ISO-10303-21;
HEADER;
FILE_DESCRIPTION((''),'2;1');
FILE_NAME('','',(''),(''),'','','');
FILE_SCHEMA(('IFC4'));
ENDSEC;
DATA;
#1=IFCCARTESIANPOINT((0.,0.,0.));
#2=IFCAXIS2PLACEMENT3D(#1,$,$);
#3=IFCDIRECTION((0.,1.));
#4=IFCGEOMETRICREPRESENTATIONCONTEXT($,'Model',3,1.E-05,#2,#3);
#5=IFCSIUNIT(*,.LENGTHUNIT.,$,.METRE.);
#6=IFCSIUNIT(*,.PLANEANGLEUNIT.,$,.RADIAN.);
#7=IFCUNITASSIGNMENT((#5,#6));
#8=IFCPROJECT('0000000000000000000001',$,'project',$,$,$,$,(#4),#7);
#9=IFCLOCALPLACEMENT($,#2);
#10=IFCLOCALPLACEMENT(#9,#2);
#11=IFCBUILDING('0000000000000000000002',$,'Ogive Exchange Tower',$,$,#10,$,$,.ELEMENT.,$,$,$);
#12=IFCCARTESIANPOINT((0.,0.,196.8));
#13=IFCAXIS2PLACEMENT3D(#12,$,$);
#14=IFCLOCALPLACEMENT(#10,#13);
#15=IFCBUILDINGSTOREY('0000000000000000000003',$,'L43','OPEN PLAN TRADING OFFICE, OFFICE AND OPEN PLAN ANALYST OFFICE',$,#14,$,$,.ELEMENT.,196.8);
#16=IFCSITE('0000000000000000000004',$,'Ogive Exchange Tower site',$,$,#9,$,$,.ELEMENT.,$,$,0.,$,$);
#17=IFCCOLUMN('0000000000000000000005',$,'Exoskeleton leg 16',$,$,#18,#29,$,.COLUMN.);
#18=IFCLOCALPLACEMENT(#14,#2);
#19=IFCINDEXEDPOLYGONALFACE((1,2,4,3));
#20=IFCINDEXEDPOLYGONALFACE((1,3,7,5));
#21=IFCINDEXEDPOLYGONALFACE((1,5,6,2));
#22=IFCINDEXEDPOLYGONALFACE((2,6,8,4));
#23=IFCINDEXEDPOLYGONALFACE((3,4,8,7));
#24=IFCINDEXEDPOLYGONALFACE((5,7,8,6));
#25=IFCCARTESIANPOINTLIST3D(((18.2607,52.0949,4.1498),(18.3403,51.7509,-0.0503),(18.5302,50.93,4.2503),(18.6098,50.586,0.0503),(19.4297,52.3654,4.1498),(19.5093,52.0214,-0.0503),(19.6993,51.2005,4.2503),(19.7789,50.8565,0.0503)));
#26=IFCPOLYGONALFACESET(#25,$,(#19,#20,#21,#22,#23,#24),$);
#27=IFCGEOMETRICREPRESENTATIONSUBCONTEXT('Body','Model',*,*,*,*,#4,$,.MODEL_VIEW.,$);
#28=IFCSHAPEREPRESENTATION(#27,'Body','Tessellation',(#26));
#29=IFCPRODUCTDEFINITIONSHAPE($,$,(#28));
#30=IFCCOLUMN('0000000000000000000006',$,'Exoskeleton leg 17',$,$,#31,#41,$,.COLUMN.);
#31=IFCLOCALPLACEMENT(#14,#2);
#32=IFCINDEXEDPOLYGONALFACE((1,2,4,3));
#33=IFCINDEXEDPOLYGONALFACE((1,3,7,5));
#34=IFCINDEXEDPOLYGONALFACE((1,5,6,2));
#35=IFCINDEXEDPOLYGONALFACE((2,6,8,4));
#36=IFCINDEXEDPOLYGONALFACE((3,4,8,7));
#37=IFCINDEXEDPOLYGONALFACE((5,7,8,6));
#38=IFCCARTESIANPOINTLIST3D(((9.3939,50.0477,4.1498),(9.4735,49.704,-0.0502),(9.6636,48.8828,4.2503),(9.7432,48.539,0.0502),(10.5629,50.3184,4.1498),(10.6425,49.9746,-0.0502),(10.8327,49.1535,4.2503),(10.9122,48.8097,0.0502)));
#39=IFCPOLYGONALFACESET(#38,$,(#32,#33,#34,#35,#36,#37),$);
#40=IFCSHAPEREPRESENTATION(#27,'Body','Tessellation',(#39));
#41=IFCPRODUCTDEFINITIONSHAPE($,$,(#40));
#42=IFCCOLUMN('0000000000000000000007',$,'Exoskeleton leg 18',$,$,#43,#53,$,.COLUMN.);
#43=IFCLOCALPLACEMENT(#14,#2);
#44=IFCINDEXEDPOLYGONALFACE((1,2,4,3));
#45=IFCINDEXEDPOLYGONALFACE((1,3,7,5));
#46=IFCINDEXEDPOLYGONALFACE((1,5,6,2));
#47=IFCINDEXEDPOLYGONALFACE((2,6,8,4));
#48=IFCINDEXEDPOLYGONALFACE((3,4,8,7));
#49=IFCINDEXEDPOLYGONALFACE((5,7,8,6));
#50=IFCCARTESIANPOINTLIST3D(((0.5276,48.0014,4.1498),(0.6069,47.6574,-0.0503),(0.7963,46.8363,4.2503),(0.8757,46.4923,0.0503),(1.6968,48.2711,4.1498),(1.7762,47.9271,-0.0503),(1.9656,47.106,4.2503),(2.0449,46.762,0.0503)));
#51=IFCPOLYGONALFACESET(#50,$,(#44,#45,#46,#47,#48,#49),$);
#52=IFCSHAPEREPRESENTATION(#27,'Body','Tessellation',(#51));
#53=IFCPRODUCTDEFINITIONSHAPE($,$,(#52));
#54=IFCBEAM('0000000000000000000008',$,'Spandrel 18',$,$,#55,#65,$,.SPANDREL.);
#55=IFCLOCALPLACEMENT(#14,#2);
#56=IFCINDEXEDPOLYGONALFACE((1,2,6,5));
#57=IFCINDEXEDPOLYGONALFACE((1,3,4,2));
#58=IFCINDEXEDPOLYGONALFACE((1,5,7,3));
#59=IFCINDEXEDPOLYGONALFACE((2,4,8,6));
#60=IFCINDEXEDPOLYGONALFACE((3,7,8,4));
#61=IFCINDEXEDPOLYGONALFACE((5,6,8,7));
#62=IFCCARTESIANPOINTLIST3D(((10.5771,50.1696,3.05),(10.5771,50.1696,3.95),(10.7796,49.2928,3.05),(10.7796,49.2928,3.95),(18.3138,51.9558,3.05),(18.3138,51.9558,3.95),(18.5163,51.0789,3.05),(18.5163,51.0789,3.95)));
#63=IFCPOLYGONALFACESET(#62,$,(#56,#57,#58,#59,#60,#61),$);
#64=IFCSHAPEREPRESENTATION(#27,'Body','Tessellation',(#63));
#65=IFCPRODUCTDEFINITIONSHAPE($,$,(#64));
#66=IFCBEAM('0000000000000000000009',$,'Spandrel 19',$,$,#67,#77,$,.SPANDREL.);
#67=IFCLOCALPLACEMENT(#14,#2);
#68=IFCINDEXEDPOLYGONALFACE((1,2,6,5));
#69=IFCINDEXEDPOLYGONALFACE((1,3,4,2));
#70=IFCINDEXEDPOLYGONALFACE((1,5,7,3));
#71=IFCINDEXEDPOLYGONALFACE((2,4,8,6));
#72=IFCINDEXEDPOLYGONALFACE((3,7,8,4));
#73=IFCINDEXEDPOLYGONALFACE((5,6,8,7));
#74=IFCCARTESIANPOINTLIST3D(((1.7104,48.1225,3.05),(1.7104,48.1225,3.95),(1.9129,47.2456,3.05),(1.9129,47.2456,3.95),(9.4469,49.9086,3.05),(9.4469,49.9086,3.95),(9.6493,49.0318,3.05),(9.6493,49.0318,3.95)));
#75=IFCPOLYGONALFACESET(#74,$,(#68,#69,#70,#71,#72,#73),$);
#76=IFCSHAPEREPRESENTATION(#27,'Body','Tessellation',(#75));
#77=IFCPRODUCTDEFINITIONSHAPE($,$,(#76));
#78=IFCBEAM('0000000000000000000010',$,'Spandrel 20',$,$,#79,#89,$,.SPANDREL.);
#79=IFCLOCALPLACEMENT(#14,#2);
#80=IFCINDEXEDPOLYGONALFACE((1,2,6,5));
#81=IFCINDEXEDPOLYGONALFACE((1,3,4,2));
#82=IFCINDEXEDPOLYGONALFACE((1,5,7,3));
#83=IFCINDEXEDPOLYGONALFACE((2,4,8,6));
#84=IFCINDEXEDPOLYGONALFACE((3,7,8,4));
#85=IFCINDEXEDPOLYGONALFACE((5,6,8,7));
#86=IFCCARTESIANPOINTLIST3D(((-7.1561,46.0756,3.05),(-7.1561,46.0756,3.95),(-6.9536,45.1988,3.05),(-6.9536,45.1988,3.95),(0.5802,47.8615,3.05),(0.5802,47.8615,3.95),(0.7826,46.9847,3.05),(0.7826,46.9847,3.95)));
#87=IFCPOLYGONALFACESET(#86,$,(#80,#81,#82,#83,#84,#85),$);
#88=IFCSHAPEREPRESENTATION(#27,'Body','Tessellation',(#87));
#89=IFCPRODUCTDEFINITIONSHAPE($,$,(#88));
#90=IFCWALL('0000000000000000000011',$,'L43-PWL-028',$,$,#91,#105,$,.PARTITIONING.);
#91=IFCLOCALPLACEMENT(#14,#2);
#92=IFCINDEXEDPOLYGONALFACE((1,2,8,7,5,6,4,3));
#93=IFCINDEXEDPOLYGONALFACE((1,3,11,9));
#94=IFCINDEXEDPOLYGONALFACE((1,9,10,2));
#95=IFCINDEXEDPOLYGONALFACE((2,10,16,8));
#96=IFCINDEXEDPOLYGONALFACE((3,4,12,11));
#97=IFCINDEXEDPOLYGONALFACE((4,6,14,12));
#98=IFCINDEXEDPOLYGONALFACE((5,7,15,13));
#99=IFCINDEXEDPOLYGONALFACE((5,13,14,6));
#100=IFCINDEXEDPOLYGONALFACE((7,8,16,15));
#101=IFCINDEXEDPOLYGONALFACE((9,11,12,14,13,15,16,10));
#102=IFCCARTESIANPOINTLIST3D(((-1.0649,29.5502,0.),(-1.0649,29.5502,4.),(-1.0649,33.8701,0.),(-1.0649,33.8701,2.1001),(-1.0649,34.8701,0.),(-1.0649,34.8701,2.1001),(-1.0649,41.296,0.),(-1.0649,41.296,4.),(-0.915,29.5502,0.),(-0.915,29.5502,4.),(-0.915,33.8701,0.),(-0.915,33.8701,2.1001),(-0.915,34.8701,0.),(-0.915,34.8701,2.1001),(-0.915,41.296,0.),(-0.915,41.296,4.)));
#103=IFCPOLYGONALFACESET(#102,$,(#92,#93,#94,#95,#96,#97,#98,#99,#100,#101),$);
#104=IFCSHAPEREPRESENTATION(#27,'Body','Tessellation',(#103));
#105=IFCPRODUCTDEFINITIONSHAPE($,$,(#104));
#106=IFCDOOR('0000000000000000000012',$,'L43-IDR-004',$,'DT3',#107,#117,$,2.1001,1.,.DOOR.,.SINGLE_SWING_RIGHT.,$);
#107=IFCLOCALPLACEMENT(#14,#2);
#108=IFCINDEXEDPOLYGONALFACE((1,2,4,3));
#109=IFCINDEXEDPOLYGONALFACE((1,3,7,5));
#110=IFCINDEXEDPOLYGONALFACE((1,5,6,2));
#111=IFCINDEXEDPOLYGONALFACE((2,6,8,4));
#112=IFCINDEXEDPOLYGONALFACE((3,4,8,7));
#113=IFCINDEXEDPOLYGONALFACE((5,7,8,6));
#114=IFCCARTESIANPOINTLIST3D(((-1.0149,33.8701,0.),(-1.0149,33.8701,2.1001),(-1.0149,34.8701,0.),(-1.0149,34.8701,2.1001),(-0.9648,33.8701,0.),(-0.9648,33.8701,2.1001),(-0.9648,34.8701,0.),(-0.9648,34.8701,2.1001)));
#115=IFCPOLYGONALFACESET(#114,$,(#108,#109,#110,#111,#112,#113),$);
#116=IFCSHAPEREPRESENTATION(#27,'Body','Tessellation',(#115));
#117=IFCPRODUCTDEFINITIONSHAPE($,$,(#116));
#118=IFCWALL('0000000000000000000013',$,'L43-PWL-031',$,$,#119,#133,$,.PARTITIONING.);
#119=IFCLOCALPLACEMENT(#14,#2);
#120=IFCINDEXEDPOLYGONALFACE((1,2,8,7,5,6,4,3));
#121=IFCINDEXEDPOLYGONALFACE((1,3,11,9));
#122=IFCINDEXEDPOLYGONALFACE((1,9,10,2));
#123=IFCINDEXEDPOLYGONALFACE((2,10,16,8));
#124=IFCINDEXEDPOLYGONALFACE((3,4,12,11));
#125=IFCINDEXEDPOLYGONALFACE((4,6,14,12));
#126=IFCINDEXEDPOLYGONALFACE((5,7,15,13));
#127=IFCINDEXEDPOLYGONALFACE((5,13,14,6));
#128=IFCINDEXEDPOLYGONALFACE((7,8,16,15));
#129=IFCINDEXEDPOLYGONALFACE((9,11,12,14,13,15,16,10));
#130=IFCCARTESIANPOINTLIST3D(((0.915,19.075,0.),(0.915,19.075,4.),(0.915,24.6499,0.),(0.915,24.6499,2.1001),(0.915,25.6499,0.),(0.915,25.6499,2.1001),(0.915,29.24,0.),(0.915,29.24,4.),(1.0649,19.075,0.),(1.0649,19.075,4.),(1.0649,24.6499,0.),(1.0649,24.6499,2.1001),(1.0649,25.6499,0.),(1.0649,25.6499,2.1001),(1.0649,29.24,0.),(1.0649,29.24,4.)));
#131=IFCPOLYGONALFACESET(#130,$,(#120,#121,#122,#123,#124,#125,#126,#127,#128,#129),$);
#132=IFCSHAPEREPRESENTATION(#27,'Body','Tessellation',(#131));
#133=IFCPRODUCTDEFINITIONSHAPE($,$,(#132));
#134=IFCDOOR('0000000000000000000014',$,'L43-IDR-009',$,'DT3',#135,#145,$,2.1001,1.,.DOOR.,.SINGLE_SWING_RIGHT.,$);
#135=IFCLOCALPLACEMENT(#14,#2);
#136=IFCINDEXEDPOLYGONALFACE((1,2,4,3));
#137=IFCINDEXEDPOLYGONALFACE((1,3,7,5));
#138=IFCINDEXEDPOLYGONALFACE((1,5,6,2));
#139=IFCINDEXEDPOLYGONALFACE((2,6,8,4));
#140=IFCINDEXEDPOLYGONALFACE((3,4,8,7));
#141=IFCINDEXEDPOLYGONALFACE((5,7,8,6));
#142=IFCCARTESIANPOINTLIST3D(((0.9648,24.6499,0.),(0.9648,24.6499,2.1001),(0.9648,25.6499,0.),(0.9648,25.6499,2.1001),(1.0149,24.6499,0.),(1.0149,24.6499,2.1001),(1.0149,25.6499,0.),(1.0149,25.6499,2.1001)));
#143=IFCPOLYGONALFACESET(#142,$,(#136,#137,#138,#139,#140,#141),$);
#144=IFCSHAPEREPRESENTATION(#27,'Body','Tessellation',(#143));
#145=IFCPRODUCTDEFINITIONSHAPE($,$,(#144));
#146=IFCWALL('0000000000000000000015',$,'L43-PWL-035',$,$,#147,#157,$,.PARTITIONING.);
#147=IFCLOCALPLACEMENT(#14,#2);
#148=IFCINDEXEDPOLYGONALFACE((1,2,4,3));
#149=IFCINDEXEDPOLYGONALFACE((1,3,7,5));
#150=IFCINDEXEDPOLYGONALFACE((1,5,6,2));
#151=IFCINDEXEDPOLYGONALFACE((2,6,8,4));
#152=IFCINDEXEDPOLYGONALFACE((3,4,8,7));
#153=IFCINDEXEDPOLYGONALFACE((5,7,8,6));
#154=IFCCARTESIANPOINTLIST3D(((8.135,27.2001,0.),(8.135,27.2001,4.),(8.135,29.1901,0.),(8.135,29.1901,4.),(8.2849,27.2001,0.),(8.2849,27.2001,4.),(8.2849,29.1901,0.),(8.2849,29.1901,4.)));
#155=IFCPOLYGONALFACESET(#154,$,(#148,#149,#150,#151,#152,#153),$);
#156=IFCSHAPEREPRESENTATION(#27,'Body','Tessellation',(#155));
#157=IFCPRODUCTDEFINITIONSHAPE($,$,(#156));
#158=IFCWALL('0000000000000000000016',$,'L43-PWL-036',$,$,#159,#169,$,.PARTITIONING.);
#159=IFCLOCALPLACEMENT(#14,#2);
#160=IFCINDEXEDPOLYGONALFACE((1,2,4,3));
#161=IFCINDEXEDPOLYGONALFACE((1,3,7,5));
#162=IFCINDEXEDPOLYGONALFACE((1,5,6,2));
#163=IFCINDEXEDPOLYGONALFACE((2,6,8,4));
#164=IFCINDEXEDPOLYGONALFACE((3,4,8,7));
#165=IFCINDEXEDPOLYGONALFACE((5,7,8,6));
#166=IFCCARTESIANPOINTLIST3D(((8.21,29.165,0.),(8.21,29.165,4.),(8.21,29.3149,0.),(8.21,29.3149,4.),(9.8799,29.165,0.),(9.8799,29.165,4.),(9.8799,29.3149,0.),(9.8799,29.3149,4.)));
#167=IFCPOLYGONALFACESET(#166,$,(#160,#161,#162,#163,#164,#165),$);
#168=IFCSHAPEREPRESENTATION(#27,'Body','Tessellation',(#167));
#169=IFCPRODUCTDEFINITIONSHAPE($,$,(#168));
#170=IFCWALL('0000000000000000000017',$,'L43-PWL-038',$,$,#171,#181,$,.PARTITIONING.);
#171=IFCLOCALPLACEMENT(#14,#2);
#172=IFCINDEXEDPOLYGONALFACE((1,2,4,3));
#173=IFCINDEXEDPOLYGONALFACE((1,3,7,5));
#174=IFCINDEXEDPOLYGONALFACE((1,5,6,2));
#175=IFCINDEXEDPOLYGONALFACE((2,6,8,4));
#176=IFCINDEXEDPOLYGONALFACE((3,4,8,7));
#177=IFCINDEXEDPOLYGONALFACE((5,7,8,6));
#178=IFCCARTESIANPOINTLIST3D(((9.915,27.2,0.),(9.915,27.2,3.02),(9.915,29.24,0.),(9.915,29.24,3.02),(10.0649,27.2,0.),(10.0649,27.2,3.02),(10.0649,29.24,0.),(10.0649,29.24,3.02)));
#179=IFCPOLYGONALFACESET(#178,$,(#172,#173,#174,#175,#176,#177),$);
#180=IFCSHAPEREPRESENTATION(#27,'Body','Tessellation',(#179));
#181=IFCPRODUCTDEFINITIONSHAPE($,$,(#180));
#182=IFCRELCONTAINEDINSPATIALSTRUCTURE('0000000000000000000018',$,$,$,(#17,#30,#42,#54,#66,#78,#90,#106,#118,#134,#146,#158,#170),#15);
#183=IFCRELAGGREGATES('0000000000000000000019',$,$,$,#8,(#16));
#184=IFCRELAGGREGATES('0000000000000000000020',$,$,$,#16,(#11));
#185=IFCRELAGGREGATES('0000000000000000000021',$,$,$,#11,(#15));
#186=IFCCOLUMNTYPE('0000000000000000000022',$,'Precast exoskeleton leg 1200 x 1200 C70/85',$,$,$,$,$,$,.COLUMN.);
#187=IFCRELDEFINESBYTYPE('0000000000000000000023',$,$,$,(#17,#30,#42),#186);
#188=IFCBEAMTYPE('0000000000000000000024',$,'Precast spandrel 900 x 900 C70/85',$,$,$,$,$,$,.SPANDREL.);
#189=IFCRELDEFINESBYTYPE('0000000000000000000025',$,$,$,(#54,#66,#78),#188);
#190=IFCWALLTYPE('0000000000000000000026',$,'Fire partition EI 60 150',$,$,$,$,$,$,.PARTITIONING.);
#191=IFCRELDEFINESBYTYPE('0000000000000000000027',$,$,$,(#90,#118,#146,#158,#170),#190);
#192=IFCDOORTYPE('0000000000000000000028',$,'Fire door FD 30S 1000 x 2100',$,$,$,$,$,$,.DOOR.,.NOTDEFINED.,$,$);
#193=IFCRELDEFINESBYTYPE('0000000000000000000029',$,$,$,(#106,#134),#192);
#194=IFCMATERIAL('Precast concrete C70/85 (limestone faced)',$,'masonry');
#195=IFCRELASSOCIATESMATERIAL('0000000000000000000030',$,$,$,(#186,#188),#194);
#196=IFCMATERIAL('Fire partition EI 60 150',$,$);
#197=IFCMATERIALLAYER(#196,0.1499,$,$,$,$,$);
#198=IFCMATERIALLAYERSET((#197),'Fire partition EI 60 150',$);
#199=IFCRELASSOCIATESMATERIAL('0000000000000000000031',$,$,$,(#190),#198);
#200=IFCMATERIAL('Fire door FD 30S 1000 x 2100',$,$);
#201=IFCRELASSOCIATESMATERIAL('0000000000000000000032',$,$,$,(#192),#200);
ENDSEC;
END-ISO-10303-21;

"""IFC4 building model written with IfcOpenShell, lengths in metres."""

from ifc_helpers import new_model, si_unit, direction, frame, frame_2d, origin, origin_2d, place, context, subcontext, project, spatial, rectangle, extrude, material, layer, layer_set, material_profile, profile_set, type_object, element, fill, save


model = new_model("IFC4")

# Units and contexts
model_context = context("Model", 3, precision=1e-05, world=origin(), true_north=direction((0.0, 1.0)))
body_context = subcontext(model_context, "Body", "Model", "MODEL_VIEW")
ifc_project = project(units=[si_unit("LENGTHUNIT", "METRE"), si_unit("PLANEANGLEUNIT", "RADIAN")], contexts=[model_context])

# Site, building, storey
site_placement = place(None, origin())
site = spatial("IfcSite", under=ifc_project, at=site_placement, Name="Ogive Exchange Tower site", CompositionType="ELEMENT", RefElevation=0.0)
building_placement = place(site_placement, origin())
building = spatial("IfcBuilding", under=site, at=building_placement, Name="Ogive Exchange Tower", CompositionType="ELEMENT")
storey_placement = place(building_placement, frame((0.0, 0.0, 196.8)))
storey = spatial("IfcBuildingStorey", under=building, at=storey_placement, Name="L43", Description="OPEN PLAN TRADING OFFICE, OFFICE AND OPEN PLAN ANALYST OFFICE", CompositionType="ELEMENT", Elevation=196.8)

# Columns
ifc_material_1 = material(Name="Precast concrete C70/85 (limestone faced)", Category="masonry")
ifc_material_profile_1 = material_profile(ifc_material_1, rectangle(XDim=1.2, YDim=1.2, at=origin_2d()), Name="1200 x 1200")
ifc_profile_set_1 = profile_set([ifc_material_profile_1], Name="Precast concrete C70/85 (limestone faced)")
column_type = type_object("IfcColumnType", Name="Precast exoskeleton leg 1200 x 1200 C70/85", PredefinedType="COLUMN", material=ifc_profile_set_1)
for number, where, z_axis, x_axis, name in (
    (1, (19.0596, 51.3037, 0.0), (-0.018884, 0.081616, 0.996485), (-0.974263, -0.225415, 0.0), "Exoskeleton leg 16"),
    (2, (10.1929, 49.2568, 0.0), (-0.018884, 0.081559, 0.99649), (-0.974228, -0.225567, 0.0), "Exoskeleton leg 17"),
    (3, (1.3259, 47.2097, 0.0), (-0.018826, 0.081617, 0.996486), (-0.974415, -0.224758, 0.0), "Exoskeleton leg 18"),
):
    element("IfcColumn", number, at=place(storey_placement, frame(where, z_axis=z_axis, x_axis=x_axis)), inside=storey, type_object=column_type, Name=name, PredefinedType="COLUMN", context=body_context, shape_type="SweptSolid", body=[
        extrude(rectangle(XDim=1.2, YDim=1.2, at=origin_2d()), origin(), (0.0, 0.0, 1.0), 4.2148),
    ])

# Beams
ifc_material_profile_2 = material_profile(ifc_material_1, rectangle(XDim=0.8999, YDim=0.8999, at=origin_2d()), Name="900 x 900")
ifc_profile_set_2 = profile_set([ifc_material_profile_2], Name="Precast concrete C70/85 (limestone faced)")
beam_type = type_object("IfcBeamType", Name="Precast spandrel 900 x 900 C70/85", PredefinedType="SPANDREL", material=ifc_profile_set_2)
beam_1_placement = place(storey_placement, frame((18.415, 51.5173, 3.5), z_axis=(-0.97437, -0.224952, 0.0), x_axis=(0.224952, -0.97437, 0.0)))
element("IfcBeam", 4, at=beam_1_placement, inside=storey, type_object=beam_type, Name="Spandrel 18", PredefinedType="SPANDREL", context=body_context, shape_type="SweptSolid", body=[
    extrude(rectangle(XDim=0.8999, YDim=0.8999, at=origin_2d()), origin(), (0.0, 0.0, 1.0), 7.9402),
])
beam_2_placement = place(storey_placement, frame((9.5481, 49.4702, 3.5), z_axis=(-0.974368, -0.224958, 0.0), x_axis=(0.224958, -0.974368, 0.0)))
element("IfcBeam", 5, at=beam_2_placement, inside=storey, type_object=beam_type, Name="Spandrel 19", PredefinedType="SPANDREL", context=body_context, shape_type="SweptSolid", body=[
    extrude(rectangle(XDim=0.8999, YDim=0.8999, at=origin_2d()), origin(), (0.0, 0.0, 1.0), 7.9399),
])
beam_3_placement = place(storey_placement, frame((0.6814, 47.4231, 3.5), z_axis=(-0.974375, -0.224929, 0.0), x_axis=(0.224929, -0.974375, 0.0)))
element("IfcBeam", 6, at=beam_3_placement, inside=storey, type_object=beam_type, Name="Spandrel 20", PredefinedType="SPANDREL", context=body_context, shape_type="SweptSolid", body=[
    extrude(rectangle(XDim=0.8999, YDim=0.8999, at=origin_2d()), origin(), (0.0, 0.0, 1.0), 7.9397),
])

# Walls, openings, doors
ifc_material_2 = material(Name="Fire partition EI 60 150")
ifc_layer_1 = layer(ifc_material_2, 0.1499)
ifc_layer_set_1 = layer_set([ifc_layer_1], Name="Fire partition EI 60 150")
wall_type_1 = type_object("IfcWallType", Name="Fire partition EI 60 150", PredefinedType="PARTITIONING", material=ifc_layer_set_1)
wall_1_placement = place(storey_placement, frame((-0.99, 29.55, 0.0), z_axis=(0.0, 0.0, 1.0), x_axis=(0.0, 1.0, 0.0)))
wall_1 = element("IfcWall", 7, at=wall_1_placement, inside=storey, type_object=wall_type_1, Name="L43-PWL-028", PredefinedType="PARTITIONING", context=body_context, shape_type="SweptSolid", body=[
    extrude(rectangle(XDim=11.7458, YDim=0.1499, at=frame_2d((5.873, 0.0))), origin(), (0.0, 0.0, 1.0), 4.0),
])
opening_1_placement = place(wall_1_placement, frame((4.3201, 0.0, 0.0)))
opening_1 = element("IfcOpeningElement", 8, at=opening_1_placement, cuts=wall_1, PredefinedType="OPENING", context=body_context, shape_type="SweptSolid", body=[
    extrude(rectangle(XDim=1.0, YDim=2.1001, at=frame_2d((0.5, 1.05))), frame((0.0, 0.085, 0.0), z_axis=(0.0, -1.0, 0.0), x_axis=(1.0, 0.0, 0.0)), (0.0, 0.0, 1.0), 0.1699),
])
ifc_material_3 = material(Name="Fire door FD 30S 1000 x 2100")
door_type_1 = type_object("IfcDoorType", Name="Fire door FD 30S 1000 x 2100", OperationType="NOTDEFINED", PredefinedType="DOOR", material=ifc_material_3)
door_1_placement = place(opening_1_placement, origin())
door_1 = element("IfcDoor", 9, at=door_1_placement, inside=storey, type_object=door_type_1, Name="L43-IDR-004", ObjectType="DT3", OperationType="SINGLE_SWING_RIGHT", OverallHeight=2.1001, OverallWidth=1.0, PredefinedType="DOOR", context=body_context, shape_type="SweptSolid", body=[
    extrude(rectangle(XDim=1.0, YDim=2.1001, at=frame_2d((0.5, 1.05))), frame((0.0, 0.0249, 0.0), z_axis=(0.0, -1.0, 0.0), x_axis=(1.0, 0.0, 0.0)), (0.0, 0.0, 1.0), 0.05),
])
fill(opening_1, door_1)
wall_2_placement = place(storey_placement, frame((0.99, 29.24, 0.0), z_axis=(0.0, 0.0, 1.0), x_axis=(0.0, -1.0, 0.0)))
wall_2 = element("IfcWall", 10, at=wall_2_placement, inside=storey, type_object=wall_type_1, Name="L43-PWL-031", PredefinedType="PARTITIONING", context=body_context, shape_type="SweptSolid", body=[
    extrude(rectangle(XDim=10.165, YDim=0.1499, at=frame_2d((5.0825, 0.0))), origin(), (0.0, 0.0, 1.0), 4.0),
])
opening_2_placement = place(wall_2_placement, frame((3.5901, 0.0, 0.0)))
opening_2 = element("IfcOpeningElement", 11, at=opening_2_placement, cuts=wall_2, PredefinedType="OPENING", context=body_context, shape_type="SweptSolid", body=[
    extrude(rectangle(XDim=1.0, YDim=2.1001, at=frame_2d((0.5, 1.05))), frame((0.0, 0.085, 0.0), z_axis=(0.0, -1.0, 0.0), x_axis=(1.0, 0.0, 0.0)), (0.0, 0.0, 1.0), 0.1699),
])
door_2_placement = place(opening_2_placement, origin())
door_2 = element("IfcDoor", 12, at=door_2_placement, inside=storey, type_object=door_type_1, Name="L43-IDR-009", ObjectType="DT3", OperationType="SINGLE_SWING_RIGHT", OverallHeight=2.1001, OverallWidth=1.0, PredefinedType="DOOR", context=body_context, shape_type="SweptSolid", body=[
    extrude(rectangle(XDim=1.0, YDim=2.1001, at=frame_2d((0.5, 1.05))), frame((0.0, 0.0249, 0.0), z_axis=(0.0, -1.0, 0.0), x_axis=(1.0, 0.0, 0.0)), (0.0, 0.0, 1.0), 0.05),
])
fill(opening_2, door_2)

# Walls
wall_3_placement = place(storey_placement, frame((8.21, 27.2, 0.0), z_axis=(0.0, 0.0, 1.0), x_axis=(0.0, 1.0, 0.0)))
element("IfcWall", 13, at=wall_3_placement, inside=storey, type_object=wall_type_1, Name="L43-PWL-035", PredefinedType="PARTITIONING", context=body_context, shape_type="SweptSolid", body=[
    extrude(rectangle(XDim=1.99, YDim=0.1499, at=frame_2d((0.9951, 0.0))), origin(), (0.0, 0.0, 1.0), 4.0),
])
wall_4_placement = place(storey_placement, frame((8.21, 29.24, 0.0), z_axis=(0.0, 0.0, 1.0), x_axis=(1.0, 0.0, 0.0)))
element("IfcWall", 14, at=wall_4_placement, inside=storey, type_object=wall_type_1, Name="L43-PWL-036", PredefinedType="PARTITIONING", context=body_context, shape_type="SweptSolid", body=[
    extrude(rectangle(XDim=1.6699, YDim=0.1499, at=frame_2d((0.835, 0.0))), origin(), (0.0, 0.0, 1.0), 4.0),
])
wall_5_placement = place(storey_placement, frame((9.99, 29.24, 0.0), z_axis=(0.0, 0.0, 1.0), x_axis=(0.0, -1.0, 0.0)))
element("IfcWall", 15, at=wall_5_placement, inside=storey, type_object=wall_type_1, Name="L43-PWL-038", PredefinedType="PARTITIONING", context=body_context, shape_type="SweptSolid", body=[
    extrude(rectangle(XDim=2.04, YDim=0.1499, at=frame_2d((1.02, 0.0))), origin(), (0.0, 0.0, 1.0), 3.02),
])

save(model, "model.ifc")
